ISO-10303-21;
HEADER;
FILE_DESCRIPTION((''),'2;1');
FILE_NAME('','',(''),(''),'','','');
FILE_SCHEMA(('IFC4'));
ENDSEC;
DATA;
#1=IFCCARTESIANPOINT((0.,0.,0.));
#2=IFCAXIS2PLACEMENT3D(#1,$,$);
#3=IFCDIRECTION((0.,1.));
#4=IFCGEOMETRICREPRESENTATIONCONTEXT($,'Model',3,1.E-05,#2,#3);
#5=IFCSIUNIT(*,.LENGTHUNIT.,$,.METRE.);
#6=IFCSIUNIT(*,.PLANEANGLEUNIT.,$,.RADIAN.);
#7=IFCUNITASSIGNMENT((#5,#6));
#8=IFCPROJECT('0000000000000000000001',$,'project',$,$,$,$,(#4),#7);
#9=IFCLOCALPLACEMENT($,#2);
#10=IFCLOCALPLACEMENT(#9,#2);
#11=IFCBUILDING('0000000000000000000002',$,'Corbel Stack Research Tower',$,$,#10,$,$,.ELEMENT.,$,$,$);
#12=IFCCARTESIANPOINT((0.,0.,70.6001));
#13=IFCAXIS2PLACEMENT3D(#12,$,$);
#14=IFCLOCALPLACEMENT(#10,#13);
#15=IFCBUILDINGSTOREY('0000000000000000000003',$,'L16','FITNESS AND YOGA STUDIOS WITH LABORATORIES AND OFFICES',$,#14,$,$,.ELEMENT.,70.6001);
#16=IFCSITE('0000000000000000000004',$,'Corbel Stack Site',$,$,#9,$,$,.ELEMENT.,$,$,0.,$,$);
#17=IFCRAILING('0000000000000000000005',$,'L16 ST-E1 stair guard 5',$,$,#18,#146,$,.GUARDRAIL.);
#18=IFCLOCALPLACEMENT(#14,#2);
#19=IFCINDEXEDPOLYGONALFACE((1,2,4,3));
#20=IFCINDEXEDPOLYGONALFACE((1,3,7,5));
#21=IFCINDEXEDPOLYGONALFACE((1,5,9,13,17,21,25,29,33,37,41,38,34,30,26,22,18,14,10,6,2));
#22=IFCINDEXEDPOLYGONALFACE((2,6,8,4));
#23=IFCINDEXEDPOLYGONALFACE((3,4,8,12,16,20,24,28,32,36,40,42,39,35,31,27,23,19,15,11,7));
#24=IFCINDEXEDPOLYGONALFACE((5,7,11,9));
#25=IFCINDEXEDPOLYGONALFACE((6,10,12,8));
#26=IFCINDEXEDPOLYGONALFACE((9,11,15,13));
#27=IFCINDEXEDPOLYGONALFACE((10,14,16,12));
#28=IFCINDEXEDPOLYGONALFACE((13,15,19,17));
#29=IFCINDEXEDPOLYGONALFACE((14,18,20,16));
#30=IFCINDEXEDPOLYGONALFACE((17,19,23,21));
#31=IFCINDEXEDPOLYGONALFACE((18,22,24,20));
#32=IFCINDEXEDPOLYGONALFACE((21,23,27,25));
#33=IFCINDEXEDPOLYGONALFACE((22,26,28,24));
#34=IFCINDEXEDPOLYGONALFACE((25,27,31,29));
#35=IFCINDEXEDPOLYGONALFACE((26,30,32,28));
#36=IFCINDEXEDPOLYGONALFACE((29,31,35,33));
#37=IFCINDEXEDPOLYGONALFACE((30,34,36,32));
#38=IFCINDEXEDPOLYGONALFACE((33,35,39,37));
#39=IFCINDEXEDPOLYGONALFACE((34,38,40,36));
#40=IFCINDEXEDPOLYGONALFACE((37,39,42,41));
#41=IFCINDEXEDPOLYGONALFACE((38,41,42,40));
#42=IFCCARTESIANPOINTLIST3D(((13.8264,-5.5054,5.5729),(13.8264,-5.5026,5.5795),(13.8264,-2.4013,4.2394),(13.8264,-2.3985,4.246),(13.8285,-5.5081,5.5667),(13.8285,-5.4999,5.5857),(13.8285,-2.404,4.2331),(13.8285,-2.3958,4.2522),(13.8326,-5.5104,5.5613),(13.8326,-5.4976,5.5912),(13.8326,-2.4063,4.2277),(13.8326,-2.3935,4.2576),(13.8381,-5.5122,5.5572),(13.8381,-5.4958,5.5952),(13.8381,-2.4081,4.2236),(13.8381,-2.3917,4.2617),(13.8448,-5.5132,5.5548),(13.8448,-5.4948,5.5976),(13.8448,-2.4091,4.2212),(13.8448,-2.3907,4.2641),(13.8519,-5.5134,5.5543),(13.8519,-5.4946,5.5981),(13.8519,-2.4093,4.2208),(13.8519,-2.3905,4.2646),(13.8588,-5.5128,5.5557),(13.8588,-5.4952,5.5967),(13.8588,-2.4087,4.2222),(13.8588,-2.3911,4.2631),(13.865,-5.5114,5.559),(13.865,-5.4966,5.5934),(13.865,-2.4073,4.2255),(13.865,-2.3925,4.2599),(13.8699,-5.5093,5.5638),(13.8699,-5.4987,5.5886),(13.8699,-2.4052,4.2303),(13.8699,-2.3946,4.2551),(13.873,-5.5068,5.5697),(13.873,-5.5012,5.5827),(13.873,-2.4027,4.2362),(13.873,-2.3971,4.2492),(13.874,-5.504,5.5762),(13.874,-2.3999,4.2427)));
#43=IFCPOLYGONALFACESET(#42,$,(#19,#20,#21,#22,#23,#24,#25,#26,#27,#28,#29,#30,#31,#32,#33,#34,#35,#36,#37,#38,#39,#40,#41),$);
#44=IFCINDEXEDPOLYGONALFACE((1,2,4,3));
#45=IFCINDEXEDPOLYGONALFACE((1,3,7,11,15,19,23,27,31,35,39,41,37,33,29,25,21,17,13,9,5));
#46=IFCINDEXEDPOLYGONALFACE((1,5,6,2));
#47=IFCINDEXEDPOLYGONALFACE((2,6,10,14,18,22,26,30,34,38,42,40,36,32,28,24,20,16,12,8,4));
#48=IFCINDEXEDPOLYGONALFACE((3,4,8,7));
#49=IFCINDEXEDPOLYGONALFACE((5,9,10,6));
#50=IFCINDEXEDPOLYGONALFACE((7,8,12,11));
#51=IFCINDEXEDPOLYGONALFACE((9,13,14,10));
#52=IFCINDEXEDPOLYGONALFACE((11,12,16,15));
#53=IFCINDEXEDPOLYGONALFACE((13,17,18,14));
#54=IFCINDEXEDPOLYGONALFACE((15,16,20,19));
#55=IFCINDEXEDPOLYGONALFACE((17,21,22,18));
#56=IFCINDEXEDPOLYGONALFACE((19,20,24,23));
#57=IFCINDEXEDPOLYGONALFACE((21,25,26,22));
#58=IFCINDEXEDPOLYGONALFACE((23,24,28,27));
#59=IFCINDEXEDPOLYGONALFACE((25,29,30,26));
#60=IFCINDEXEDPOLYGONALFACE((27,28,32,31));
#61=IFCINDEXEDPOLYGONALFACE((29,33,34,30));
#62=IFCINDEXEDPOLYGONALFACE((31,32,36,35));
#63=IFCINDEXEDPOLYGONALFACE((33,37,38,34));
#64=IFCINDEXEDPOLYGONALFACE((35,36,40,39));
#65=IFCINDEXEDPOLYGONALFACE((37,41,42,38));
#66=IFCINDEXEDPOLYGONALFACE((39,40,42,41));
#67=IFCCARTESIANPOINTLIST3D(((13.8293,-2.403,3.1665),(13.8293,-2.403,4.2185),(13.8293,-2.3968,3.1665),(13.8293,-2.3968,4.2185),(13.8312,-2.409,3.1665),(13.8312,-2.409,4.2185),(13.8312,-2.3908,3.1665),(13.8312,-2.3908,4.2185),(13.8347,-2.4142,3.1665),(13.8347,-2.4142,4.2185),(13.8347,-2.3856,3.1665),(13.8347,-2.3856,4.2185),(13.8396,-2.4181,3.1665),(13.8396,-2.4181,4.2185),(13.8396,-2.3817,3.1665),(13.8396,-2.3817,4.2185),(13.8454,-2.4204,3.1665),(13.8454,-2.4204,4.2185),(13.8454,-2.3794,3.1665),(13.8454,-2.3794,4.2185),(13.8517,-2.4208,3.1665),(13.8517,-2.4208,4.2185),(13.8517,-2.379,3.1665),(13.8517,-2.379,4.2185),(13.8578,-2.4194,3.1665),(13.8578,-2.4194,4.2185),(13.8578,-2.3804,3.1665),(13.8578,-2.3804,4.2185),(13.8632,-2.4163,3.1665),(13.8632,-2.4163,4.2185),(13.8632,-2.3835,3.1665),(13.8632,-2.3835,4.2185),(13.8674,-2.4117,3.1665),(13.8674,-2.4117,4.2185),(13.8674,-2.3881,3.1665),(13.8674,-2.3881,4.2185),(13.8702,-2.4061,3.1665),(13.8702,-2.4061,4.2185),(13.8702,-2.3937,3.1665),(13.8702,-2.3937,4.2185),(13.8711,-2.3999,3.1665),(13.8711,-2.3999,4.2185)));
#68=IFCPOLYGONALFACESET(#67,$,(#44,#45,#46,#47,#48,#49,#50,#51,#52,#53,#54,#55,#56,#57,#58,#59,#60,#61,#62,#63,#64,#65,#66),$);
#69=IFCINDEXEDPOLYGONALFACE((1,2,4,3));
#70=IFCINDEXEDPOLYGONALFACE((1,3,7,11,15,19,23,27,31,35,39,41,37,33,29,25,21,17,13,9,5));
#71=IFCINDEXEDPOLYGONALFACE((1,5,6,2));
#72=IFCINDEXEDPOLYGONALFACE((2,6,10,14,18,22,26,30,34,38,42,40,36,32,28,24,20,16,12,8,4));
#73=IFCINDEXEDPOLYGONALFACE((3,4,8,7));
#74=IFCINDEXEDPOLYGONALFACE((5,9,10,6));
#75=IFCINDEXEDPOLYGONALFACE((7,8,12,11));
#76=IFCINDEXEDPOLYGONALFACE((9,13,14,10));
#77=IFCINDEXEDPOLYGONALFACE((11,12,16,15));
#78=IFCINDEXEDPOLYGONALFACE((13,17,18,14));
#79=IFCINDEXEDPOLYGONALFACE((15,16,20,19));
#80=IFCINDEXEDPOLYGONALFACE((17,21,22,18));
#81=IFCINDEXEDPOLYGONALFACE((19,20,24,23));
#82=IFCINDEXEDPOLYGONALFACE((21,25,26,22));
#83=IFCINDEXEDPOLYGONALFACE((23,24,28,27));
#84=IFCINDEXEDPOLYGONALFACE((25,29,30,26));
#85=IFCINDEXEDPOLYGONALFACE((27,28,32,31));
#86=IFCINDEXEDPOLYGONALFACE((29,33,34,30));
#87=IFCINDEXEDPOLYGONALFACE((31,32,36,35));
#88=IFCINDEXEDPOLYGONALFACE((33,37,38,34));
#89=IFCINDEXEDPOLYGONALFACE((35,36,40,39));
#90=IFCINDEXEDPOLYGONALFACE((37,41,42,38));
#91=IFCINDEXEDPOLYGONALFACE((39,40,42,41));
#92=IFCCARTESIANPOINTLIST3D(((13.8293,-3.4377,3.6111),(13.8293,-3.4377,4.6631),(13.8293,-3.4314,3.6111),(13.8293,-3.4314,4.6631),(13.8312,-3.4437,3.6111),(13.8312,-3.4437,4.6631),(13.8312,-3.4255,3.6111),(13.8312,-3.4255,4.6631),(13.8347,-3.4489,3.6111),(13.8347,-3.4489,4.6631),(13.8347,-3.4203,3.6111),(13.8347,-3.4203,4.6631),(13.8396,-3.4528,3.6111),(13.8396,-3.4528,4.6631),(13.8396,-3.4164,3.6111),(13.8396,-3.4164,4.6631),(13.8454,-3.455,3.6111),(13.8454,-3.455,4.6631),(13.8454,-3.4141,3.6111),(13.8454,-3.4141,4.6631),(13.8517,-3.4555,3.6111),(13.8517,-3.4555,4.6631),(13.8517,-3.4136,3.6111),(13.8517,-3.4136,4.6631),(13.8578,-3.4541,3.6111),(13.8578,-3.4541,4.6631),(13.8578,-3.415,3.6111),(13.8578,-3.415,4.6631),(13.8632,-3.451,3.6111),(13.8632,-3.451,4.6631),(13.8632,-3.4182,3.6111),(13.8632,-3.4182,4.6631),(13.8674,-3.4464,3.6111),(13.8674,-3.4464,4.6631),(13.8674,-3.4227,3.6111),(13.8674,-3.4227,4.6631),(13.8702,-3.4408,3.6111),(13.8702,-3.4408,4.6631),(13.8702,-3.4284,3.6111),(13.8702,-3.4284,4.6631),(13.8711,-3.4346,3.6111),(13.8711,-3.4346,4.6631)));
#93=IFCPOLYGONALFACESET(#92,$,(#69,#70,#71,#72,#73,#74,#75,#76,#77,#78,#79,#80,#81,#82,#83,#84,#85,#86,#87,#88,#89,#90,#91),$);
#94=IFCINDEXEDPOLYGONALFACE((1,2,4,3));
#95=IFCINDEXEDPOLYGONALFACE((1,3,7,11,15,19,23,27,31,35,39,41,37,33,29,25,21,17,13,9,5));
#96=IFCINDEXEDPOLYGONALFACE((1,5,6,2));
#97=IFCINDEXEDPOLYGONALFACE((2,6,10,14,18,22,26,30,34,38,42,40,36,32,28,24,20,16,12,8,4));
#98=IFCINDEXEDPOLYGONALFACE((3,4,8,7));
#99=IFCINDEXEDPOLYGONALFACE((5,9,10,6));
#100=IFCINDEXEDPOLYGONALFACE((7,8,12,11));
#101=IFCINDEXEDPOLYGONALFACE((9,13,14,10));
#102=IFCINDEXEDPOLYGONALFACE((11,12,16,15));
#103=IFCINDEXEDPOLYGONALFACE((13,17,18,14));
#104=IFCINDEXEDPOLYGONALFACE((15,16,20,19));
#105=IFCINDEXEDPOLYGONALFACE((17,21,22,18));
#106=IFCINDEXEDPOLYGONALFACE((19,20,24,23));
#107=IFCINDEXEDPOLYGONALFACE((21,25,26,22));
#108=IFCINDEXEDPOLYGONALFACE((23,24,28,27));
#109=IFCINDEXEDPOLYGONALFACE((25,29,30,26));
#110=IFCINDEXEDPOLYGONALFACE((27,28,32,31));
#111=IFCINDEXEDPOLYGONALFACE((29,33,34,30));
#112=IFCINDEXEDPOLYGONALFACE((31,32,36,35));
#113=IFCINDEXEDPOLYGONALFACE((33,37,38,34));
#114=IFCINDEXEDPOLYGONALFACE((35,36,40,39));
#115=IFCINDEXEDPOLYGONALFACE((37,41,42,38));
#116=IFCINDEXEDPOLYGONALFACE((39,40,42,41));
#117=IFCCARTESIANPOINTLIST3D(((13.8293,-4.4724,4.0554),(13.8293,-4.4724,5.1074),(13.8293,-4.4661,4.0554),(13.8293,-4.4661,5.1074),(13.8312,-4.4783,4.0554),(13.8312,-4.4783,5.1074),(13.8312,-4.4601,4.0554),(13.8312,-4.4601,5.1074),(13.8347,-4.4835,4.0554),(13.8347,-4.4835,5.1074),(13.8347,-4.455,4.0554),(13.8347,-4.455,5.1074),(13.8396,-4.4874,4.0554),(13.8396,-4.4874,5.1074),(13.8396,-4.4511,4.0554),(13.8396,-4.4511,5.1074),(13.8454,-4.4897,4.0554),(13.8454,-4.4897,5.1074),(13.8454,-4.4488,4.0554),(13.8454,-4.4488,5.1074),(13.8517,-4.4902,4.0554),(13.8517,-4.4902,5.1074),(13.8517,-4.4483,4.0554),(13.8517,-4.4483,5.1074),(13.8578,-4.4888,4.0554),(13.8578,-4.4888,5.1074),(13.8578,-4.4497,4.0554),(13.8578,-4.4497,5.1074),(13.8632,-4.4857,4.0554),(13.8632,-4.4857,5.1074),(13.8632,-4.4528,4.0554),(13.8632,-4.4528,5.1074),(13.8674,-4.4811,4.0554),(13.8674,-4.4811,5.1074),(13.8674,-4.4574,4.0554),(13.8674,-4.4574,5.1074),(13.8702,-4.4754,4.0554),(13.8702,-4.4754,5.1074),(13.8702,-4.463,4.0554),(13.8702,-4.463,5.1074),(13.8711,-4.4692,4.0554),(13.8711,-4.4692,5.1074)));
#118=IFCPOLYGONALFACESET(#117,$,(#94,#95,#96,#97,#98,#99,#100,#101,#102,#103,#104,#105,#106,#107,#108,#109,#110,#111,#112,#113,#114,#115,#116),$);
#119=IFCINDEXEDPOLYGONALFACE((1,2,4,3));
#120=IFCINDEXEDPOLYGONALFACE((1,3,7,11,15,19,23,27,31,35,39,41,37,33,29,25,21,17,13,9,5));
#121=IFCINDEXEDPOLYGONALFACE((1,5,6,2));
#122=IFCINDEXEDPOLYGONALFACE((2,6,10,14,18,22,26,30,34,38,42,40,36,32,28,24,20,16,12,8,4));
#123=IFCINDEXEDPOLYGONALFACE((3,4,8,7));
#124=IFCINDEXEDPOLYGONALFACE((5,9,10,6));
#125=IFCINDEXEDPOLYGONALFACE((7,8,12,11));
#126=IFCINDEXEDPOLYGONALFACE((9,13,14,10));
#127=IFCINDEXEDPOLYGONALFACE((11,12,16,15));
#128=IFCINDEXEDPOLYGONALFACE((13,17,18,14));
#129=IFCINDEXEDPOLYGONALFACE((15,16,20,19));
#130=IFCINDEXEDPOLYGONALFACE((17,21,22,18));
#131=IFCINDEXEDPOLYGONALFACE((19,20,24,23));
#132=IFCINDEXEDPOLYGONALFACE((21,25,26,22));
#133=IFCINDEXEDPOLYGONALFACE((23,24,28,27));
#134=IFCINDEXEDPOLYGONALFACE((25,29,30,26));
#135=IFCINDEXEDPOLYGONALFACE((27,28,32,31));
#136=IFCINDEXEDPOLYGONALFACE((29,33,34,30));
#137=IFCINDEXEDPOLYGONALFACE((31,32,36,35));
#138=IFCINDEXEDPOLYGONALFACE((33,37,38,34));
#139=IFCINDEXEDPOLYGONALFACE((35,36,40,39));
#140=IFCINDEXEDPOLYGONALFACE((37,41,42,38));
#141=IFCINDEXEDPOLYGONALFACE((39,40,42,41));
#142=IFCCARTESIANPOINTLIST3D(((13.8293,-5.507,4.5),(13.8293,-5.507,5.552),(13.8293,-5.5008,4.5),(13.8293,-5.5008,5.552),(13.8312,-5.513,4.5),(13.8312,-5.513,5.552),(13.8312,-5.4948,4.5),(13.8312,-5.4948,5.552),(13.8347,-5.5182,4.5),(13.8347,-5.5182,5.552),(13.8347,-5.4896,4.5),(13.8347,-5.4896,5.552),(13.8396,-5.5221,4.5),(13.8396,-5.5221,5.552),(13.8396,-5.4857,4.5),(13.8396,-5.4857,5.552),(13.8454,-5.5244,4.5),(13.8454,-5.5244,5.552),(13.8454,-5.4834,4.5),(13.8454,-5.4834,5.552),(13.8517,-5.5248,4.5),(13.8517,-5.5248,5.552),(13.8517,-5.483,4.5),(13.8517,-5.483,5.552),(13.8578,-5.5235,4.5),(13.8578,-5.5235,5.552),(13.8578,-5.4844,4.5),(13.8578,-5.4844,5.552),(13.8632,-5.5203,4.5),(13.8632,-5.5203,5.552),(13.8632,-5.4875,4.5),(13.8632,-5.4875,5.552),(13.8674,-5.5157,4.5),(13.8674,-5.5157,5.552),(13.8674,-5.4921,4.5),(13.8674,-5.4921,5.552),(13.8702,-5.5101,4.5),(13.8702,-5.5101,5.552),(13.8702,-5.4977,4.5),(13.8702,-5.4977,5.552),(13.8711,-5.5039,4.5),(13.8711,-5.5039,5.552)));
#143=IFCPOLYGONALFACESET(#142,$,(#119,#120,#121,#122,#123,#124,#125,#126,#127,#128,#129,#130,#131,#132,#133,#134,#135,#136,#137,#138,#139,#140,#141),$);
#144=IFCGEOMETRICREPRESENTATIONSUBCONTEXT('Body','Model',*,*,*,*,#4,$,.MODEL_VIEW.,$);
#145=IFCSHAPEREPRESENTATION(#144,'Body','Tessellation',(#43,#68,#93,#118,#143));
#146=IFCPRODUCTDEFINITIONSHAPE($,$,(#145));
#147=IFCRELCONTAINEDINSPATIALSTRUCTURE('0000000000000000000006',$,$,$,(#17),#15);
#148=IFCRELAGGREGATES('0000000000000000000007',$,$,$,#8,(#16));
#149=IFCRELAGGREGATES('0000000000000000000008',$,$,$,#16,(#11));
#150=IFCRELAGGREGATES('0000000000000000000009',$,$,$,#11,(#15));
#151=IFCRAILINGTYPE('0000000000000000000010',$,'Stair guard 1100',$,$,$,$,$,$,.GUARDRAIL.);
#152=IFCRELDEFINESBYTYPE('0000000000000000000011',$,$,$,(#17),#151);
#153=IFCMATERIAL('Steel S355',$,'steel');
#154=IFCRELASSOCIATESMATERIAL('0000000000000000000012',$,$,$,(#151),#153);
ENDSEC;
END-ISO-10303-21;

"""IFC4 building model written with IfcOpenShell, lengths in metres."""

from ifc_helpers import new_model, si_unit, direction, frame, origin, origin_2d, place, context, subcontext, project, spatial, circle, extrude, material, type_object, element, save


model = new_model("IFC4")

# Units and contexts
model_context = context("Model", 3, precision=1e-05, world=origin(), true_north=direction((0.0, 1.0)))
body_context = subcontext(model_context, "Body", "Model", "MODEL_VIEW")
ifc_project = project(units=[si_unit("LENGTHUNIT", "METRE"), si_unit("PLANEANGLEUNIT", "RADIAN")], contexts=[model_context])

# Site, building, storey
site_placement = place(None, origin())
site = spatial("IfcSite", under=ifc_project, at=site_placement, Name="Corbel Stack Site", CompositionType="ELEMENT", RefElevation=0.0)
building_placement = place(site_placement, origin())
building = spatial("IfcBuilding", under=site, at=building_placement, Name="Corbel Stack Research Tower", CompositionType="ELEMENT")
storey_placement = place(building_placement, frame((0.0, 0.0, 70.6001)))
storey = spatial("IfcBuildingStorey", under=building, at=storey_placement, Name="L16", Description="FITNESS AND YOGA STUDIOS WITH LABORATORIES AND OFFICES", CompositionType="ELEMENT", Elevation=70.6001)

# Railing
ifc_material_1 = material(Name="Steel S355", Category="steel")
railing_type_1 = type_object("IfcRailingType", Name="Stair guard 1100", PredefinedType="GUARDRAIL", material=ifc_material_1)
railing_1_placement = place(storey_placement, frame((13.8501, -2.3999, 3.1665)))
element("IfcRailing", 1, at=railing_1_placement, inside=storey, type_object=railing_type_1, Name="L16 ST-E1 stair guard 5", PredefinedType="GUARDRAIL", context=body_context, shape_type="SweptSolid", body=[
    extrude(circle(Radius=0.0239, at=origin_2d()), frame((0.0, 0.0, 1.0762), z_axis=(0.0, -0.918801, 0.394722), x_axis=(1.0, 0.0, 0.0)), (0.0, 0.0, 1.0), 3.3784),
    extrude(circle(Radius=0.021, at=origin_2d()), origin(), (0.0, 0.0, 1.0), 1.052),
    extrude(circle(Radius=0.021, at=origin_2d()), frame((0.0, -1.0347, 0.4446)), (0.0, 0.0, 1.0), 1.052),
    extrude(circle(Radius=0.021, at=origin_2d()), frame((0.0, -2.0693, 0.8889)), (0.0, 0.0, 1.0), 1.052),
    extrude(circle(Radius=0.021, at=origin_2d()), frame((0.0, -3.104, 1.3335)), (0.0, 0.0, 1.0), 1.052),
])

save(model, "model.ifc")
